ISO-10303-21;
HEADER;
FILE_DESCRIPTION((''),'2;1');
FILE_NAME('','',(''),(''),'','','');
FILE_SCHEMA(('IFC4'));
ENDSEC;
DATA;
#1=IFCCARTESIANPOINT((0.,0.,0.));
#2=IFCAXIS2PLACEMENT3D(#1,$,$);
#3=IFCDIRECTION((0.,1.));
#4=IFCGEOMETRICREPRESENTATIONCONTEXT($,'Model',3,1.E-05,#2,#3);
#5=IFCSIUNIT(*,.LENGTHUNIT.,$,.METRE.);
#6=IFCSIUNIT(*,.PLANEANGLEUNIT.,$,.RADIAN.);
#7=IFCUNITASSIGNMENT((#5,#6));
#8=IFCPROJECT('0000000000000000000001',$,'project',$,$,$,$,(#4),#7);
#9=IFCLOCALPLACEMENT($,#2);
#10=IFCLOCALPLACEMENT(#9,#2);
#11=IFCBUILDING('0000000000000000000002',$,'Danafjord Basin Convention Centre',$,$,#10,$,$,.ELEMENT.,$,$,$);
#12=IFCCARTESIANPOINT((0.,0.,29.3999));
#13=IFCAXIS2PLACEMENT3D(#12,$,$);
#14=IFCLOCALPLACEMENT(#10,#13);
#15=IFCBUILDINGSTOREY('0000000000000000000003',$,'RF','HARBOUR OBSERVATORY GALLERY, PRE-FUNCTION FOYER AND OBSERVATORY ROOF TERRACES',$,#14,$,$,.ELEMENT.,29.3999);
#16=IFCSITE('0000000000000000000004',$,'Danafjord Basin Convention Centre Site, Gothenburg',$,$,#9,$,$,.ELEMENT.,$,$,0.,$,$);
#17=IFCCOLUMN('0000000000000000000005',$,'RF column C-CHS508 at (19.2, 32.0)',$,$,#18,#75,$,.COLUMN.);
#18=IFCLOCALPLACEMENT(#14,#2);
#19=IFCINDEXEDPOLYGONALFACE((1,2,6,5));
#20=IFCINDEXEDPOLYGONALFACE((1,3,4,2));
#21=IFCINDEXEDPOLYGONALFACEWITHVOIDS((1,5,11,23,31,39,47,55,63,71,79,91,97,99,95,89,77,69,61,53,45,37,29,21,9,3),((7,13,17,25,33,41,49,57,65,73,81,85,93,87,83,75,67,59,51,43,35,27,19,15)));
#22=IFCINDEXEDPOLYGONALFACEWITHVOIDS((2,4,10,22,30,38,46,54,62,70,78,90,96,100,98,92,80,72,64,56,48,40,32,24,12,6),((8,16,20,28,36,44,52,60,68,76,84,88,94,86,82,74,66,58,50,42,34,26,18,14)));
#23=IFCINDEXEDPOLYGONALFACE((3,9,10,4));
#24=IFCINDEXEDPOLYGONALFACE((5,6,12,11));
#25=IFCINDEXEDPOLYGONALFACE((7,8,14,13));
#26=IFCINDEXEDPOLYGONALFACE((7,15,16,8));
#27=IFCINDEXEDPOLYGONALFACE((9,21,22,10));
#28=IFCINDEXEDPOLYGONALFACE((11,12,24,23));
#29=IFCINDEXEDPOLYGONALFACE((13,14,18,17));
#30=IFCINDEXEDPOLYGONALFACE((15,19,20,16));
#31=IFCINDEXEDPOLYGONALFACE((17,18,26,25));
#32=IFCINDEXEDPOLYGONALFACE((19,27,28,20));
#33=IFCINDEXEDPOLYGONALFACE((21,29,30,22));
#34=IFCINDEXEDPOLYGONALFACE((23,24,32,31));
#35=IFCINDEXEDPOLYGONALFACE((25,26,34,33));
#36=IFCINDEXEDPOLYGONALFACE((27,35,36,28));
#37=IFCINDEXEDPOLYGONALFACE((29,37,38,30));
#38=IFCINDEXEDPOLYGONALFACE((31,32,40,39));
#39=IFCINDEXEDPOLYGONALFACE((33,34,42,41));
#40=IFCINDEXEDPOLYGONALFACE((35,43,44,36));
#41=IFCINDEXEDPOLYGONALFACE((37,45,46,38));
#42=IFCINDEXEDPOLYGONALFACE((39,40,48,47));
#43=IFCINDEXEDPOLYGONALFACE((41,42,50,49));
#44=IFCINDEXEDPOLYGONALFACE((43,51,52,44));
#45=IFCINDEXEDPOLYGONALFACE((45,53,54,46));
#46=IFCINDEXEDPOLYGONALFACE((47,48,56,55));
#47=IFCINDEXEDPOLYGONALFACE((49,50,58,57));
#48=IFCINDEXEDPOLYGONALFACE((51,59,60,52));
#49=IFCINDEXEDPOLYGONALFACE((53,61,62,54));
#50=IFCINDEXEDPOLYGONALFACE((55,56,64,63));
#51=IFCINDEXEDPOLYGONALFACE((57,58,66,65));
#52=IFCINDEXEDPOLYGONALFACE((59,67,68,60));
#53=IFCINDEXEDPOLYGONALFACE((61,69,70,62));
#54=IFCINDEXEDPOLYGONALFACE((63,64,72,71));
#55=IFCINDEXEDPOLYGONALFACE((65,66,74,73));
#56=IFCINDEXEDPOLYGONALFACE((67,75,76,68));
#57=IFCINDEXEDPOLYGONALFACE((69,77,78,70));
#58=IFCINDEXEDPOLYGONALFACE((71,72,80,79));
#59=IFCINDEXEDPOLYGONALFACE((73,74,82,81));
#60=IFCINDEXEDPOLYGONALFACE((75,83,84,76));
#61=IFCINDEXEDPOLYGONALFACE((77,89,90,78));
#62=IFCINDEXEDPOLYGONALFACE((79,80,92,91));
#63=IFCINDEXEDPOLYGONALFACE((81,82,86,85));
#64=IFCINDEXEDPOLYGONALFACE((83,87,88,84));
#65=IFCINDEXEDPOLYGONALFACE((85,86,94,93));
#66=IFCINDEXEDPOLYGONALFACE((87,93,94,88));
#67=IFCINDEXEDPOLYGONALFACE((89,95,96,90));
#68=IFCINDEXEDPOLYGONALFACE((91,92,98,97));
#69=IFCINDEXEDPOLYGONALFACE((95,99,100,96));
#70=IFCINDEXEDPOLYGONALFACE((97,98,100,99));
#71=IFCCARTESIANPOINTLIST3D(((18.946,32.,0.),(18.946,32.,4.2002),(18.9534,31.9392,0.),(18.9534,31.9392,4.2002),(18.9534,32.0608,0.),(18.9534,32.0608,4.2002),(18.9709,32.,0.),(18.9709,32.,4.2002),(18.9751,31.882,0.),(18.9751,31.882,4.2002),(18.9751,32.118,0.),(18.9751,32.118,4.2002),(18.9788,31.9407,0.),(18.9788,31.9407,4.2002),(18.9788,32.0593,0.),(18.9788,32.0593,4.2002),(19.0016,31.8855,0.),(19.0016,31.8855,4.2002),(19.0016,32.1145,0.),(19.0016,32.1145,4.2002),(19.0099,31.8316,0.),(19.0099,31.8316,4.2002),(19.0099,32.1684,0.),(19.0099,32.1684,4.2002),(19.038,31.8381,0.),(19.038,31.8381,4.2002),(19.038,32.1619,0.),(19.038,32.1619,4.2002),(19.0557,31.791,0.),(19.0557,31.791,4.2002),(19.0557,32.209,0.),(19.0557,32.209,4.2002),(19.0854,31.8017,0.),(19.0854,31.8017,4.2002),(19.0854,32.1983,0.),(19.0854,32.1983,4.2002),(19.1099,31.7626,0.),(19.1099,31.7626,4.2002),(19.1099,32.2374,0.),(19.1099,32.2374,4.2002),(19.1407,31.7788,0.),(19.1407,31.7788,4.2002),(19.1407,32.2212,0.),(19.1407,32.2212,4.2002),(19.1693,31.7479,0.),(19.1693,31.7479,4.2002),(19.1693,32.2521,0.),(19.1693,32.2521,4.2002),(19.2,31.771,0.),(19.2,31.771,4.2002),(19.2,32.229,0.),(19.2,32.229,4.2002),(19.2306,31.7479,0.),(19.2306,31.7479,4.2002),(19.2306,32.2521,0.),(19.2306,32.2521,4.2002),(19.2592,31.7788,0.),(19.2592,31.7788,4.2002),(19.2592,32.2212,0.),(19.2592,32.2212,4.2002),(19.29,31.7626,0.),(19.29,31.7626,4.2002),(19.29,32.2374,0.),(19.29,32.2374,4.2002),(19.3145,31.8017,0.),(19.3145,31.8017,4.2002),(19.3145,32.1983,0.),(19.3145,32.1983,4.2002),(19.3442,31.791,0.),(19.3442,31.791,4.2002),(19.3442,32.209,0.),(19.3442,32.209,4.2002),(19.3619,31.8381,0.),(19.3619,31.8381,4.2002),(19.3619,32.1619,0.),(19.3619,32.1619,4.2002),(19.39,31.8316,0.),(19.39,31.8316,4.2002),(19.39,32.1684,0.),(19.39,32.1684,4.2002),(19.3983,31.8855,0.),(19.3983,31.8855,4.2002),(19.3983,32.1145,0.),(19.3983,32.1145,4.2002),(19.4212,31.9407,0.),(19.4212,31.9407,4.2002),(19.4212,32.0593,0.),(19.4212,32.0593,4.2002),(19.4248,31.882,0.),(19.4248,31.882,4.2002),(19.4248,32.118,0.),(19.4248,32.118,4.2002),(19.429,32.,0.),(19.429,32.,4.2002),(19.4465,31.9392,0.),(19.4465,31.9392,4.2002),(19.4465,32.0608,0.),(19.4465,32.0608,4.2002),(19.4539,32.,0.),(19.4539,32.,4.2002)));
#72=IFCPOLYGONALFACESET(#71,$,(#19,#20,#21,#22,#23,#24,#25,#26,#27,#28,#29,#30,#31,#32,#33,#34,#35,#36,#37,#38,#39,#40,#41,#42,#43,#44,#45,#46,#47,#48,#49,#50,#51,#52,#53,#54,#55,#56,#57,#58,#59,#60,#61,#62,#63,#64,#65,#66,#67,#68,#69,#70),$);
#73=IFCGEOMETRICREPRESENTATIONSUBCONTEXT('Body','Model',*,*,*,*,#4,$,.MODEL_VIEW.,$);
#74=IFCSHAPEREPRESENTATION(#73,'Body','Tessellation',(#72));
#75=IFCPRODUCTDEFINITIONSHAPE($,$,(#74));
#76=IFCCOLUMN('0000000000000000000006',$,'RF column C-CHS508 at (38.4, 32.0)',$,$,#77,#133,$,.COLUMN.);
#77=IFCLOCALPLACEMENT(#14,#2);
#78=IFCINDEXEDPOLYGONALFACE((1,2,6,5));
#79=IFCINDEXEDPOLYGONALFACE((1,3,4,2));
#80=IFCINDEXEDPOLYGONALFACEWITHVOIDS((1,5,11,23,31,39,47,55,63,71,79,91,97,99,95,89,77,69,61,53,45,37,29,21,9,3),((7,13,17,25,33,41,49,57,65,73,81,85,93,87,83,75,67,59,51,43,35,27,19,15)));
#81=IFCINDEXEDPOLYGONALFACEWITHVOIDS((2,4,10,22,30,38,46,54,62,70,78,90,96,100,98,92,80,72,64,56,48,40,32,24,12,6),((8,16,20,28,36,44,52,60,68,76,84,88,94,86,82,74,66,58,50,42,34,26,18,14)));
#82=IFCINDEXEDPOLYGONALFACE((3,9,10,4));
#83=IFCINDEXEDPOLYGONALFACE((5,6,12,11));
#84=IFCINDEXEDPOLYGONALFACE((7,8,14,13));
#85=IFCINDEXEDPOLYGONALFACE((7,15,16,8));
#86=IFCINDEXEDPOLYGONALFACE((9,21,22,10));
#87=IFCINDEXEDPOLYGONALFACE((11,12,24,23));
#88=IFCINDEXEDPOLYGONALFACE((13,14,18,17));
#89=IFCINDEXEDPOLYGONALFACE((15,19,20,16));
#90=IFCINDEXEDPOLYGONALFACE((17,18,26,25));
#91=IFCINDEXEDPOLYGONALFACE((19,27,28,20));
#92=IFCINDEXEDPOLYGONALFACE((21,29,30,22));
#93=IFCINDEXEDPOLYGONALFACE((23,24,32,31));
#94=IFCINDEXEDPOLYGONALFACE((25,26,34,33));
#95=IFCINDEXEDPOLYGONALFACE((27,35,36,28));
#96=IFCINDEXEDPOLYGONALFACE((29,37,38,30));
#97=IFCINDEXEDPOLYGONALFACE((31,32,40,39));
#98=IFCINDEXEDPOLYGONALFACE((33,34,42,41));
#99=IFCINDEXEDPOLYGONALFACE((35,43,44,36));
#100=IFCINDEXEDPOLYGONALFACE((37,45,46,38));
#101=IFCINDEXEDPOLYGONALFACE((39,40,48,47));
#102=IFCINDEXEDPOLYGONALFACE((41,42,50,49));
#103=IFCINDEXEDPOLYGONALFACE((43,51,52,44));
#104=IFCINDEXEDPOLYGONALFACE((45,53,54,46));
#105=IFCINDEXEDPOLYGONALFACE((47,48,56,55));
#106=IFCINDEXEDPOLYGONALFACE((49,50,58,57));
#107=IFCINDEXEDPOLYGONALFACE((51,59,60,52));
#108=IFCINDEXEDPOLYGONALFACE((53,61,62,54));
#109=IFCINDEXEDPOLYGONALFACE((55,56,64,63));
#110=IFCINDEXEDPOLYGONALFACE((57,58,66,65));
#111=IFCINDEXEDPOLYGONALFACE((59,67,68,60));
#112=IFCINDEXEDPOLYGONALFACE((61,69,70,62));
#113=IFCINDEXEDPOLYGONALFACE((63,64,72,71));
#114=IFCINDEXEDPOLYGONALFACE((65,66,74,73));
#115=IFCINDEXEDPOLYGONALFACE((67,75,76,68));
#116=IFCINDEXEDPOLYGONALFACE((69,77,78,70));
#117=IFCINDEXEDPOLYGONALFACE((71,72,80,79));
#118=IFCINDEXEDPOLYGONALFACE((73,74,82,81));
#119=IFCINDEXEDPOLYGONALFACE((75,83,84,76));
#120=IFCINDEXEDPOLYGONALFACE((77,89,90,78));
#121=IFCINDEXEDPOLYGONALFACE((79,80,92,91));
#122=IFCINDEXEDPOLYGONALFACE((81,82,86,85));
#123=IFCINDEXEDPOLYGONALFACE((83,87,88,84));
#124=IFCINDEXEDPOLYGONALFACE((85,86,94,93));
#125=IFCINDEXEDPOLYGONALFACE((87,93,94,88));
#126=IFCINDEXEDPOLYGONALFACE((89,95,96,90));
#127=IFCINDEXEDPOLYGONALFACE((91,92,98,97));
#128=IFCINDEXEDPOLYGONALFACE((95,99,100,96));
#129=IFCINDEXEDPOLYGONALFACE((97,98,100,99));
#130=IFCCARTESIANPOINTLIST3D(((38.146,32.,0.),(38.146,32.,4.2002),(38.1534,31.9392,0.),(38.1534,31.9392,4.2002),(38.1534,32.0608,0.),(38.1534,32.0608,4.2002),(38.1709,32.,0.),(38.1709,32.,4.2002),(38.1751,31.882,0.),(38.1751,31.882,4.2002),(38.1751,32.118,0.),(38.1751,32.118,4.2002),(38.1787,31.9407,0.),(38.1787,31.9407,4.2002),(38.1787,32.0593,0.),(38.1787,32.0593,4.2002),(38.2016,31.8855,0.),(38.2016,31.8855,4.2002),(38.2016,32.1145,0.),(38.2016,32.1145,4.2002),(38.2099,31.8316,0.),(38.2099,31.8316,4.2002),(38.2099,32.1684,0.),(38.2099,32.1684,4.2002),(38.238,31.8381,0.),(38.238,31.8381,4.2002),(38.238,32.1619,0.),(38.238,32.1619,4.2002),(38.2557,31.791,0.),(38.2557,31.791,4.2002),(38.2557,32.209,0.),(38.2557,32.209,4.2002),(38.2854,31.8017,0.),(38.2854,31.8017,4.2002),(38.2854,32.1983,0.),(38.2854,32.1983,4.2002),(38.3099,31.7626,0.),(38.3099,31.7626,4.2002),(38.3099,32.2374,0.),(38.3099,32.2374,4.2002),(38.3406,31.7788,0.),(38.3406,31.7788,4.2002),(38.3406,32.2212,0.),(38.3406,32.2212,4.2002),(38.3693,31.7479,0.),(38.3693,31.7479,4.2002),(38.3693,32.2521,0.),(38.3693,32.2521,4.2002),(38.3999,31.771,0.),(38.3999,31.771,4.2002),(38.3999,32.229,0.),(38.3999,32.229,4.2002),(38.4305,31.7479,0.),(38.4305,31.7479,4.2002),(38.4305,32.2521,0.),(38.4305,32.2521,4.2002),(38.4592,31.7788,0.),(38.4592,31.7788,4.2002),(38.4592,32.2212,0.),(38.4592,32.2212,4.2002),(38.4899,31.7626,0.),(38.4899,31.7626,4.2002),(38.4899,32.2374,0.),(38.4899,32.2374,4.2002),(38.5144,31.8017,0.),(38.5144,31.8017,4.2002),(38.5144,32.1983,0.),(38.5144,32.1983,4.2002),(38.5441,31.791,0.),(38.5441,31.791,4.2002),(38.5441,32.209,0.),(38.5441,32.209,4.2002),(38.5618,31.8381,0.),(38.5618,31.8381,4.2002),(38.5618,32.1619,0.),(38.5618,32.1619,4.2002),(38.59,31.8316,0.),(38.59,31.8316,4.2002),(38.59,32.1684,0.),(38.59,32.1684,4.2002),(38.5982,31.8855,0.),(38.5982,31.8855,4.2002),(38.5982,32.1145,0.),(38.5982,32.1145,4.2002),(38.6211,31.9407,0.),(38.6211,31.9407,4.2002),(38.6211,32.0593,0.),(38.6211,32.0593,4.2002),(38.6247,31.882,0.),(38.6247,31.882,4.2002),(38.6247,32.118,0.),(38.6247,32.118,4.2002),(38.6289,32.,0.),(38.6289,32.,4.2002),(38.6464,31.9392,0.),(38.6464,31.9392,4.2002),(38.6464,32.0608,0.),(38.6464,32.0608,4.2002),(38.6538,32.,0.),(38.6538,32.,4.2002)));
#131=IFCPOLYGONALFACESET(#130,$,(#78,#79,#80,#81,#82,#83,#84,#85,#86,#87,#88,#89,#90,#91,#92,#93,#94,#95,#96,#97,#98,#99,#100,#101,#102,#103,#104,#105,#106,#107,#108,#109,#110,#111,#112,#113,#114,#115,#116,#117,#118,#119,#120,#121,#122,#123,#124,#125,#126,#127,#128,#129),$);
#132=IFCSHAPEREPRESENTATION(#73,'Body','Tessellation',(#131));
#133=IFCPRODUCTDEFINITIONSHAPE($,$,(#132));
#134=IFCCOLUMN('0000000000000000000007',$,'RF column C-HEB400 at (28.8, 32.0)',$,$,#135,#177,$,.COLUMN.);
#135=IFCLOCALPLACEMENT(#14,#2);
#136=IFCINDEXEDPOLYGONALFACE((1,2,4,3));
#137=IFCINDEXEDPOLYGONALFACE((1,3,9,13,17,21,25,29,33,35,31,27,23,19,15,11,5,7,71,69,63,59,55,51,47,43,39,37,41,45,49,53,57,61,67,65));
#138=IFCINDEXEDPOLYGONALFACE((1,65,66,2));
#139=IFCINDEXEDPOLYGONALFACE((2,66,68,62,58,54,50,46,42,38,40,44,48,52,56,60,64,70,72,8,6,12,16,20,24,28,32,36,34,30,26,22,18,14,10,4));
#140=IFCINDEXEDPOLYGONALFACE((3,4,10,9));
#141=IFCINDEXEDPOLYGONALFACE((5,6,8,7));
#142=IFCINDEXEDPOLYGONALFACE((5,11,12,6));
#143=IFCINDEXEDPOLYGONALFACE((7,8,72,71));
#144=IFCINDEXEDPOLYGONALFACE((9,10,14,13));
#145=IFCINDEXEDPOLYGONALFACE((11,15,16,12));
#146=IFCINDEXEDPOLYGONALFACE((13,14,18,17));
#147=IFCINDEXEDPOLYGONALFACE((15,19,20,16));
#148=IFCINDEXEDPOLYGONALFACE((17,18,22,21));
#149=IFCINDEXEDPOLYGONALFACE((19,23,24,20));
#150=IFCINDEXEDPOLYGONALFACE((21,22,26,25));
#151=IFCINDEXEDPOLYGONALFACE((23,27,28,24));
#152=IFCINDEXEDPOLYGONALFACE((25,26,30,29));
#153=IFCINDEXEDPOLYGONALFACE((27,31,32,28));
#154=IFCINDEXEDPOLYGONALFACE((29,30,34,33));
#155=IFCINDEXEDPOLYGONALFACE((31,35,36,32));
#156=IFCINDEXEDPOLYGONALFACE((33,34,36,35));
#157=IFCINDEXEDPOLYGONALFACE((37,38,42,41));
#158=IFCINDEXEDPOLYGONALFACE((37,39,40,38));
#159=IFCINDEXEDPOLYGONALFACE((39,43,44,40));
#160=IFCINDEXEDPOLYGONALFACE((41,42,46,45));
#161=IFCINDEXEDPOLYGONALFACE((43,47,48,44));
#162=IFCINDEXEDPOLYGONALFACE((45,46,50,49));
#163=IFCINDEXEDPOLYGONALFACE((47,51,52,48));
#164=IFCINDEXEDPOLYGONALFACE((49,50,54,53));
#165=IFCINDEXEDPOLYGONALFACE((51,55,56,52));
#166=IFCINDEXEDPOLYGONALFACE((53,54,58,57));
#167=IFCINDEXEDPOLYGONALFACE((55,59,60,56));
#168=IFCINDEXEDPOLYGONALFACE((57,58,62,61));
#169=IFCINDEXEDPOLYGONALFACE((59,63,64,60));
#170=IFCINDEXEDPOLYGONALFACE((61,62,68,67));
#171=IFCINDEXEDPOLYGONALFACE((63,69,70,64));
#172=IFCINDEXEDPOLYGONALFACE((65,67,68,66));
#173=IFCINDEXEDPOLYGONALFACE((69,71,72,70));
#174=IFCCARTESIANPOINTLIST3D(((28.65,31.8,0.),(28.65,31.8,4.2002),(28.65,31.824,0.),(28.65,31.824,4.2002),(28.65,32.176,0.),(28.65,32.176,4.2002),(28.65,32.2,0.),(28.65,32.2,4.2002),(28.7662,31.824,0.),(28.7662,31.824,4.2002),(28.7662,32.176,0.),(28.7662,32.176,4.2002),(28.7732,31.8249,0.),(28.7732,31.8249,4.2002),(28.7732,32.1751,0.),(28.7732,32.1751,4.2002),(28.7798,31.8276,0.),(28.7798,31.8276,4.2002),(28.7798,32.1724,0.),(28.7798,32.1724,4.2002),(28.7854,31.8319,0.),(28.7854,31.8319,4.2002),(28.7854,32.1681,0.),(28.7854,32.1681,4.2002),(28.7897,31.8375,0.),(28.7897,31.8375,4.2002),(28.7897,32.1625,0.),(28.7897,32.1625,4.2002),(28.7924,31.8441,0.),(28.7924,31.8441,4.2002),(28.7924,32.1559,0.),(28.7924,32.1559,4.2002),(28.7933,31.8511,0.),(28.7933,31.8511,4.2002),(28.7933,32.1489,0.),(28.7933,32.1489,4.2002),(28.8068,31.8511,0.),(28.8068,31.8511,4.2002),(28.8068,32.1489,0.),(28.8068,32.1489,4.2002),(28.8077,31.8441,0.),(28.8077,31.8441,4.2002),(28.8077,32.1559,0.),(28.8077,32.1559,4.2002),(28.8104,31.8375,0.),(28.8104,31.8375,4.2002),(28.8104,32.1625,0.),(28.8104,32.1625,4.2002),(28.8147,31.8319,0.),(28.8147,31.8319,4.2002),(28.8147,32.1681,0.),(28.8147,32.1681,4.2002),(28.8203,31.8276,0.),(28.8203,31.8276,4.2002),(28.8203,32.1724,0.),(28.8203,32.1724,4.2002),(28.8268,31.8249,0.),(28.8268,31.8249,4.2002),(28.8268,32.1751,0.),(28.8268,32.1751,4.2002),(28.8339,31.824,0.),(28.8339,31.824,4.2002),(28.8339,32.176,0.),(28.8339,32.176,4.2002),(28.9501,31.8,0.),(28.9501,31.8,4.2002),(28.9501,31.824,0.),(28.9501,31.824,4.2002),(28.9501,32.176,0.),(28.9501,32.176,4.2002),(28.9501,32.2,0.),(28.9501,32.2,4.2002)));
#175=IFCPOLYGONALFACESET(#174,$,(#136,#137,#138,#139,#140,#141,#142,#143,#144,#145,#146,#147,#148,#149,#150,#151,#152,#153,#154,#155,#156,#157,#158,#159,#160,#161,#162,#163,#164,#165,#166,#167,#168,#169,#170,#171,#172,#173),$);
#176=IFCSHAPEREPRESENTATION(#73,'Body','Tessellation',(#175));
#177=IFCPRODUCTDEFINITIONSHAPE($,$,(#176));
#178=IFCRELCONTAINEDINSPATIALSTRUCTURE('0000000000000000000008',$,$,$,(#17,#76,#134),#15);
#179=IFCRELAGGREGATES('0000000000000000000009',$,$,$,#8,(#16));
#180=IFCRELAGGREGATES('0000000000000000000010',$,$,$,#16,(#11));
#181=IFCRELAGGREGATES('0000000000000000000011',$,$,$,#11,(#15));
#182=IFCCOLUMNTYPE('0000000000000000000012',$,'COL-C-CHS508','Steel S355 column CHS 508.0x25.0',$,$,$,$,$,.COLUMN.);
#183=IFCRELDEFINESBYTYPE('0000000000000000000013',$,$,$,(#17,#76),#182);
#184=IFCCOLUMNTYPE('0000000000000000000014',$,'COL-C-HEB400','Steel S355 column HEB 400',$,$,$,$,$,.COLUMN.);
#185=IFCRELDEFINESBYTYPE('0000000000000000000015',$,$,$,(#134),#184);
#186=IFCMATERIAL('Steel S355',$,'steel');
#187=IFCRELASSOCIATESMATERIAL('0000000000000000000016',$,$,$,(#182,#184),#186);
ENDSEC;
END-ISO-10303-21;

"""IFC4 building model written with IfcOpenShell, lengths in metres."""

from ifc_helpers import new_model, si_unit, direction, frame, origin, origin_2d, place, context, subcontext, project, spatial, hollow_circle, i_section, extrude, material, material_profile, profile_set, type_object, element, save


model = new_model("IFC4")

# Units and contexts
model_context = context("Model", 3, precision=1e-05, world=origin(), true_north=direction((0.0, 1.0)))
body_context = subcontext(model_context, "Body", "Model", "MODEL_VIEW")
ifc_project = project(units=[si_unit("LENGTHUNIT", "METRE"), si_unit("PLANEANGLEUNIT", "RADIAN")], contexts=[model_context])

# Site, building, storey
site_placement = place(None, origin())
site = spatial("IfcSite", under=ifc_project, at=site_placement, Name="Danafjord Basin Convention Centre Site, Gothenburg", CompositionType="ELEMENT", RefElevation=0.0)
building_placement = place(site_placement, origin())
building = spatial("IfcBuilding", under=site, at=building_placement, Name="Danafjord Basin Convention Centre", CompositionType="ELEMENT")
storey_placement = place(building_placement, frame((0.0, 0.0, 29.3999)))
storey = spatial("IfcBuildingStorey", under=building, at=storey_placement, Name="RF", Description="HARBOUR OBSERVATORY GALLERY, PRE-FUNCTION FOYER AND OBSERVATORY ROOF TERRACES", CompositionType="ELEMENT", Elevation=29.3999)

# Columns
ifc_material_1 = material(Name="Steel S355", Category="steel")
ifc_material_profile_1 = material_profile(ifc_material_1, hollow_circle(Radius=0.2539, WallThickness=0.0249, at=origin_2d()), Name="CHS 508.0x25.0")
ifc_profile_set_1 = profile_set([ifc_material_profile_1], Name="Steel S355")
column_type_1 = type_object("IfcColumnType", Name="COL-C-CHS508", Description="Steel S355 column CHS 508.0x25.0", PredefinedType="COLUMN", material=ifc_profile_set_1)
for number, where, z_axis, x_axis, name in (
    (1, (19.2, 32.0, 0.0), (0.0, 0.0, 1.0), (1.0, 0.0, 0.0), "RF column C-CHS508 at (19.2, 32.0)"),
    (2, (38.3999, 32.0, 0.0), (0.0, 0.0, 1.0), (1.0, 0.0, 0.0), "RF column C-CHS508 at (38.4, 32.0)"),
):
    element("IfcColumn", number, at=place(storey_placement, frame(where, z_axis=z_axis, x_axis=x_axis)), inside=storey, type_object=column_type_1, Name=name, PredefinedType="COLUMN", context=body_context, shape_type="SweptSolid", body=[
        extrude(hollow_circle(Radius=0.2539, WallThickness=0.0249, at=origin_2d()), origin(), (0.0, 0.0, 1.0), 4.2002),
    ])
ifc_material_profile_2 = material_profile(ifc_material_1, i_section(OverallWidth=0.3, OverallDepth=0.3999, WebThickness=0.0134, FlangeThickness=0.0239, FilletRadius=0.0271, at=origin_2d()), Name="HEB 400")
ifc_profile_set_2 = profile_set([ifc_material_profile_2], Name="Steel S355")
column_type_2 = type_object("IfcColumnType", Name="COL-C-HEB400", Description="Steel S355 column HEB 400", PredefinedType="COLUMN", material=ifc_profile_set_2)
column_placement = place(storey_placement, frame((28.8, 32.0, 0.0), z_axis=(0.0, 0.0, 1.0), x_axis=(1.0, 0.0, 0.0)))
element("IfcColumn", 3, at=column_placement, inside=storey, type_object=column_type_2, Name="RF column C-HEB400 at (28.8, 32.0)", PredefinedType="COLUMN", context=body_context, shape_type="SweptSolid", body=[
    extrude(i_section(OverallWidth=0.3, OverallDepth=0.3999, WebThickness=0.0134, FlangeThickness=0.0239, FilletRadius=0.0271, at=origin_2d()), origin(), (0.0, 0.0, 1.0), 4.2002),
])

save(model, "model.ifc")
